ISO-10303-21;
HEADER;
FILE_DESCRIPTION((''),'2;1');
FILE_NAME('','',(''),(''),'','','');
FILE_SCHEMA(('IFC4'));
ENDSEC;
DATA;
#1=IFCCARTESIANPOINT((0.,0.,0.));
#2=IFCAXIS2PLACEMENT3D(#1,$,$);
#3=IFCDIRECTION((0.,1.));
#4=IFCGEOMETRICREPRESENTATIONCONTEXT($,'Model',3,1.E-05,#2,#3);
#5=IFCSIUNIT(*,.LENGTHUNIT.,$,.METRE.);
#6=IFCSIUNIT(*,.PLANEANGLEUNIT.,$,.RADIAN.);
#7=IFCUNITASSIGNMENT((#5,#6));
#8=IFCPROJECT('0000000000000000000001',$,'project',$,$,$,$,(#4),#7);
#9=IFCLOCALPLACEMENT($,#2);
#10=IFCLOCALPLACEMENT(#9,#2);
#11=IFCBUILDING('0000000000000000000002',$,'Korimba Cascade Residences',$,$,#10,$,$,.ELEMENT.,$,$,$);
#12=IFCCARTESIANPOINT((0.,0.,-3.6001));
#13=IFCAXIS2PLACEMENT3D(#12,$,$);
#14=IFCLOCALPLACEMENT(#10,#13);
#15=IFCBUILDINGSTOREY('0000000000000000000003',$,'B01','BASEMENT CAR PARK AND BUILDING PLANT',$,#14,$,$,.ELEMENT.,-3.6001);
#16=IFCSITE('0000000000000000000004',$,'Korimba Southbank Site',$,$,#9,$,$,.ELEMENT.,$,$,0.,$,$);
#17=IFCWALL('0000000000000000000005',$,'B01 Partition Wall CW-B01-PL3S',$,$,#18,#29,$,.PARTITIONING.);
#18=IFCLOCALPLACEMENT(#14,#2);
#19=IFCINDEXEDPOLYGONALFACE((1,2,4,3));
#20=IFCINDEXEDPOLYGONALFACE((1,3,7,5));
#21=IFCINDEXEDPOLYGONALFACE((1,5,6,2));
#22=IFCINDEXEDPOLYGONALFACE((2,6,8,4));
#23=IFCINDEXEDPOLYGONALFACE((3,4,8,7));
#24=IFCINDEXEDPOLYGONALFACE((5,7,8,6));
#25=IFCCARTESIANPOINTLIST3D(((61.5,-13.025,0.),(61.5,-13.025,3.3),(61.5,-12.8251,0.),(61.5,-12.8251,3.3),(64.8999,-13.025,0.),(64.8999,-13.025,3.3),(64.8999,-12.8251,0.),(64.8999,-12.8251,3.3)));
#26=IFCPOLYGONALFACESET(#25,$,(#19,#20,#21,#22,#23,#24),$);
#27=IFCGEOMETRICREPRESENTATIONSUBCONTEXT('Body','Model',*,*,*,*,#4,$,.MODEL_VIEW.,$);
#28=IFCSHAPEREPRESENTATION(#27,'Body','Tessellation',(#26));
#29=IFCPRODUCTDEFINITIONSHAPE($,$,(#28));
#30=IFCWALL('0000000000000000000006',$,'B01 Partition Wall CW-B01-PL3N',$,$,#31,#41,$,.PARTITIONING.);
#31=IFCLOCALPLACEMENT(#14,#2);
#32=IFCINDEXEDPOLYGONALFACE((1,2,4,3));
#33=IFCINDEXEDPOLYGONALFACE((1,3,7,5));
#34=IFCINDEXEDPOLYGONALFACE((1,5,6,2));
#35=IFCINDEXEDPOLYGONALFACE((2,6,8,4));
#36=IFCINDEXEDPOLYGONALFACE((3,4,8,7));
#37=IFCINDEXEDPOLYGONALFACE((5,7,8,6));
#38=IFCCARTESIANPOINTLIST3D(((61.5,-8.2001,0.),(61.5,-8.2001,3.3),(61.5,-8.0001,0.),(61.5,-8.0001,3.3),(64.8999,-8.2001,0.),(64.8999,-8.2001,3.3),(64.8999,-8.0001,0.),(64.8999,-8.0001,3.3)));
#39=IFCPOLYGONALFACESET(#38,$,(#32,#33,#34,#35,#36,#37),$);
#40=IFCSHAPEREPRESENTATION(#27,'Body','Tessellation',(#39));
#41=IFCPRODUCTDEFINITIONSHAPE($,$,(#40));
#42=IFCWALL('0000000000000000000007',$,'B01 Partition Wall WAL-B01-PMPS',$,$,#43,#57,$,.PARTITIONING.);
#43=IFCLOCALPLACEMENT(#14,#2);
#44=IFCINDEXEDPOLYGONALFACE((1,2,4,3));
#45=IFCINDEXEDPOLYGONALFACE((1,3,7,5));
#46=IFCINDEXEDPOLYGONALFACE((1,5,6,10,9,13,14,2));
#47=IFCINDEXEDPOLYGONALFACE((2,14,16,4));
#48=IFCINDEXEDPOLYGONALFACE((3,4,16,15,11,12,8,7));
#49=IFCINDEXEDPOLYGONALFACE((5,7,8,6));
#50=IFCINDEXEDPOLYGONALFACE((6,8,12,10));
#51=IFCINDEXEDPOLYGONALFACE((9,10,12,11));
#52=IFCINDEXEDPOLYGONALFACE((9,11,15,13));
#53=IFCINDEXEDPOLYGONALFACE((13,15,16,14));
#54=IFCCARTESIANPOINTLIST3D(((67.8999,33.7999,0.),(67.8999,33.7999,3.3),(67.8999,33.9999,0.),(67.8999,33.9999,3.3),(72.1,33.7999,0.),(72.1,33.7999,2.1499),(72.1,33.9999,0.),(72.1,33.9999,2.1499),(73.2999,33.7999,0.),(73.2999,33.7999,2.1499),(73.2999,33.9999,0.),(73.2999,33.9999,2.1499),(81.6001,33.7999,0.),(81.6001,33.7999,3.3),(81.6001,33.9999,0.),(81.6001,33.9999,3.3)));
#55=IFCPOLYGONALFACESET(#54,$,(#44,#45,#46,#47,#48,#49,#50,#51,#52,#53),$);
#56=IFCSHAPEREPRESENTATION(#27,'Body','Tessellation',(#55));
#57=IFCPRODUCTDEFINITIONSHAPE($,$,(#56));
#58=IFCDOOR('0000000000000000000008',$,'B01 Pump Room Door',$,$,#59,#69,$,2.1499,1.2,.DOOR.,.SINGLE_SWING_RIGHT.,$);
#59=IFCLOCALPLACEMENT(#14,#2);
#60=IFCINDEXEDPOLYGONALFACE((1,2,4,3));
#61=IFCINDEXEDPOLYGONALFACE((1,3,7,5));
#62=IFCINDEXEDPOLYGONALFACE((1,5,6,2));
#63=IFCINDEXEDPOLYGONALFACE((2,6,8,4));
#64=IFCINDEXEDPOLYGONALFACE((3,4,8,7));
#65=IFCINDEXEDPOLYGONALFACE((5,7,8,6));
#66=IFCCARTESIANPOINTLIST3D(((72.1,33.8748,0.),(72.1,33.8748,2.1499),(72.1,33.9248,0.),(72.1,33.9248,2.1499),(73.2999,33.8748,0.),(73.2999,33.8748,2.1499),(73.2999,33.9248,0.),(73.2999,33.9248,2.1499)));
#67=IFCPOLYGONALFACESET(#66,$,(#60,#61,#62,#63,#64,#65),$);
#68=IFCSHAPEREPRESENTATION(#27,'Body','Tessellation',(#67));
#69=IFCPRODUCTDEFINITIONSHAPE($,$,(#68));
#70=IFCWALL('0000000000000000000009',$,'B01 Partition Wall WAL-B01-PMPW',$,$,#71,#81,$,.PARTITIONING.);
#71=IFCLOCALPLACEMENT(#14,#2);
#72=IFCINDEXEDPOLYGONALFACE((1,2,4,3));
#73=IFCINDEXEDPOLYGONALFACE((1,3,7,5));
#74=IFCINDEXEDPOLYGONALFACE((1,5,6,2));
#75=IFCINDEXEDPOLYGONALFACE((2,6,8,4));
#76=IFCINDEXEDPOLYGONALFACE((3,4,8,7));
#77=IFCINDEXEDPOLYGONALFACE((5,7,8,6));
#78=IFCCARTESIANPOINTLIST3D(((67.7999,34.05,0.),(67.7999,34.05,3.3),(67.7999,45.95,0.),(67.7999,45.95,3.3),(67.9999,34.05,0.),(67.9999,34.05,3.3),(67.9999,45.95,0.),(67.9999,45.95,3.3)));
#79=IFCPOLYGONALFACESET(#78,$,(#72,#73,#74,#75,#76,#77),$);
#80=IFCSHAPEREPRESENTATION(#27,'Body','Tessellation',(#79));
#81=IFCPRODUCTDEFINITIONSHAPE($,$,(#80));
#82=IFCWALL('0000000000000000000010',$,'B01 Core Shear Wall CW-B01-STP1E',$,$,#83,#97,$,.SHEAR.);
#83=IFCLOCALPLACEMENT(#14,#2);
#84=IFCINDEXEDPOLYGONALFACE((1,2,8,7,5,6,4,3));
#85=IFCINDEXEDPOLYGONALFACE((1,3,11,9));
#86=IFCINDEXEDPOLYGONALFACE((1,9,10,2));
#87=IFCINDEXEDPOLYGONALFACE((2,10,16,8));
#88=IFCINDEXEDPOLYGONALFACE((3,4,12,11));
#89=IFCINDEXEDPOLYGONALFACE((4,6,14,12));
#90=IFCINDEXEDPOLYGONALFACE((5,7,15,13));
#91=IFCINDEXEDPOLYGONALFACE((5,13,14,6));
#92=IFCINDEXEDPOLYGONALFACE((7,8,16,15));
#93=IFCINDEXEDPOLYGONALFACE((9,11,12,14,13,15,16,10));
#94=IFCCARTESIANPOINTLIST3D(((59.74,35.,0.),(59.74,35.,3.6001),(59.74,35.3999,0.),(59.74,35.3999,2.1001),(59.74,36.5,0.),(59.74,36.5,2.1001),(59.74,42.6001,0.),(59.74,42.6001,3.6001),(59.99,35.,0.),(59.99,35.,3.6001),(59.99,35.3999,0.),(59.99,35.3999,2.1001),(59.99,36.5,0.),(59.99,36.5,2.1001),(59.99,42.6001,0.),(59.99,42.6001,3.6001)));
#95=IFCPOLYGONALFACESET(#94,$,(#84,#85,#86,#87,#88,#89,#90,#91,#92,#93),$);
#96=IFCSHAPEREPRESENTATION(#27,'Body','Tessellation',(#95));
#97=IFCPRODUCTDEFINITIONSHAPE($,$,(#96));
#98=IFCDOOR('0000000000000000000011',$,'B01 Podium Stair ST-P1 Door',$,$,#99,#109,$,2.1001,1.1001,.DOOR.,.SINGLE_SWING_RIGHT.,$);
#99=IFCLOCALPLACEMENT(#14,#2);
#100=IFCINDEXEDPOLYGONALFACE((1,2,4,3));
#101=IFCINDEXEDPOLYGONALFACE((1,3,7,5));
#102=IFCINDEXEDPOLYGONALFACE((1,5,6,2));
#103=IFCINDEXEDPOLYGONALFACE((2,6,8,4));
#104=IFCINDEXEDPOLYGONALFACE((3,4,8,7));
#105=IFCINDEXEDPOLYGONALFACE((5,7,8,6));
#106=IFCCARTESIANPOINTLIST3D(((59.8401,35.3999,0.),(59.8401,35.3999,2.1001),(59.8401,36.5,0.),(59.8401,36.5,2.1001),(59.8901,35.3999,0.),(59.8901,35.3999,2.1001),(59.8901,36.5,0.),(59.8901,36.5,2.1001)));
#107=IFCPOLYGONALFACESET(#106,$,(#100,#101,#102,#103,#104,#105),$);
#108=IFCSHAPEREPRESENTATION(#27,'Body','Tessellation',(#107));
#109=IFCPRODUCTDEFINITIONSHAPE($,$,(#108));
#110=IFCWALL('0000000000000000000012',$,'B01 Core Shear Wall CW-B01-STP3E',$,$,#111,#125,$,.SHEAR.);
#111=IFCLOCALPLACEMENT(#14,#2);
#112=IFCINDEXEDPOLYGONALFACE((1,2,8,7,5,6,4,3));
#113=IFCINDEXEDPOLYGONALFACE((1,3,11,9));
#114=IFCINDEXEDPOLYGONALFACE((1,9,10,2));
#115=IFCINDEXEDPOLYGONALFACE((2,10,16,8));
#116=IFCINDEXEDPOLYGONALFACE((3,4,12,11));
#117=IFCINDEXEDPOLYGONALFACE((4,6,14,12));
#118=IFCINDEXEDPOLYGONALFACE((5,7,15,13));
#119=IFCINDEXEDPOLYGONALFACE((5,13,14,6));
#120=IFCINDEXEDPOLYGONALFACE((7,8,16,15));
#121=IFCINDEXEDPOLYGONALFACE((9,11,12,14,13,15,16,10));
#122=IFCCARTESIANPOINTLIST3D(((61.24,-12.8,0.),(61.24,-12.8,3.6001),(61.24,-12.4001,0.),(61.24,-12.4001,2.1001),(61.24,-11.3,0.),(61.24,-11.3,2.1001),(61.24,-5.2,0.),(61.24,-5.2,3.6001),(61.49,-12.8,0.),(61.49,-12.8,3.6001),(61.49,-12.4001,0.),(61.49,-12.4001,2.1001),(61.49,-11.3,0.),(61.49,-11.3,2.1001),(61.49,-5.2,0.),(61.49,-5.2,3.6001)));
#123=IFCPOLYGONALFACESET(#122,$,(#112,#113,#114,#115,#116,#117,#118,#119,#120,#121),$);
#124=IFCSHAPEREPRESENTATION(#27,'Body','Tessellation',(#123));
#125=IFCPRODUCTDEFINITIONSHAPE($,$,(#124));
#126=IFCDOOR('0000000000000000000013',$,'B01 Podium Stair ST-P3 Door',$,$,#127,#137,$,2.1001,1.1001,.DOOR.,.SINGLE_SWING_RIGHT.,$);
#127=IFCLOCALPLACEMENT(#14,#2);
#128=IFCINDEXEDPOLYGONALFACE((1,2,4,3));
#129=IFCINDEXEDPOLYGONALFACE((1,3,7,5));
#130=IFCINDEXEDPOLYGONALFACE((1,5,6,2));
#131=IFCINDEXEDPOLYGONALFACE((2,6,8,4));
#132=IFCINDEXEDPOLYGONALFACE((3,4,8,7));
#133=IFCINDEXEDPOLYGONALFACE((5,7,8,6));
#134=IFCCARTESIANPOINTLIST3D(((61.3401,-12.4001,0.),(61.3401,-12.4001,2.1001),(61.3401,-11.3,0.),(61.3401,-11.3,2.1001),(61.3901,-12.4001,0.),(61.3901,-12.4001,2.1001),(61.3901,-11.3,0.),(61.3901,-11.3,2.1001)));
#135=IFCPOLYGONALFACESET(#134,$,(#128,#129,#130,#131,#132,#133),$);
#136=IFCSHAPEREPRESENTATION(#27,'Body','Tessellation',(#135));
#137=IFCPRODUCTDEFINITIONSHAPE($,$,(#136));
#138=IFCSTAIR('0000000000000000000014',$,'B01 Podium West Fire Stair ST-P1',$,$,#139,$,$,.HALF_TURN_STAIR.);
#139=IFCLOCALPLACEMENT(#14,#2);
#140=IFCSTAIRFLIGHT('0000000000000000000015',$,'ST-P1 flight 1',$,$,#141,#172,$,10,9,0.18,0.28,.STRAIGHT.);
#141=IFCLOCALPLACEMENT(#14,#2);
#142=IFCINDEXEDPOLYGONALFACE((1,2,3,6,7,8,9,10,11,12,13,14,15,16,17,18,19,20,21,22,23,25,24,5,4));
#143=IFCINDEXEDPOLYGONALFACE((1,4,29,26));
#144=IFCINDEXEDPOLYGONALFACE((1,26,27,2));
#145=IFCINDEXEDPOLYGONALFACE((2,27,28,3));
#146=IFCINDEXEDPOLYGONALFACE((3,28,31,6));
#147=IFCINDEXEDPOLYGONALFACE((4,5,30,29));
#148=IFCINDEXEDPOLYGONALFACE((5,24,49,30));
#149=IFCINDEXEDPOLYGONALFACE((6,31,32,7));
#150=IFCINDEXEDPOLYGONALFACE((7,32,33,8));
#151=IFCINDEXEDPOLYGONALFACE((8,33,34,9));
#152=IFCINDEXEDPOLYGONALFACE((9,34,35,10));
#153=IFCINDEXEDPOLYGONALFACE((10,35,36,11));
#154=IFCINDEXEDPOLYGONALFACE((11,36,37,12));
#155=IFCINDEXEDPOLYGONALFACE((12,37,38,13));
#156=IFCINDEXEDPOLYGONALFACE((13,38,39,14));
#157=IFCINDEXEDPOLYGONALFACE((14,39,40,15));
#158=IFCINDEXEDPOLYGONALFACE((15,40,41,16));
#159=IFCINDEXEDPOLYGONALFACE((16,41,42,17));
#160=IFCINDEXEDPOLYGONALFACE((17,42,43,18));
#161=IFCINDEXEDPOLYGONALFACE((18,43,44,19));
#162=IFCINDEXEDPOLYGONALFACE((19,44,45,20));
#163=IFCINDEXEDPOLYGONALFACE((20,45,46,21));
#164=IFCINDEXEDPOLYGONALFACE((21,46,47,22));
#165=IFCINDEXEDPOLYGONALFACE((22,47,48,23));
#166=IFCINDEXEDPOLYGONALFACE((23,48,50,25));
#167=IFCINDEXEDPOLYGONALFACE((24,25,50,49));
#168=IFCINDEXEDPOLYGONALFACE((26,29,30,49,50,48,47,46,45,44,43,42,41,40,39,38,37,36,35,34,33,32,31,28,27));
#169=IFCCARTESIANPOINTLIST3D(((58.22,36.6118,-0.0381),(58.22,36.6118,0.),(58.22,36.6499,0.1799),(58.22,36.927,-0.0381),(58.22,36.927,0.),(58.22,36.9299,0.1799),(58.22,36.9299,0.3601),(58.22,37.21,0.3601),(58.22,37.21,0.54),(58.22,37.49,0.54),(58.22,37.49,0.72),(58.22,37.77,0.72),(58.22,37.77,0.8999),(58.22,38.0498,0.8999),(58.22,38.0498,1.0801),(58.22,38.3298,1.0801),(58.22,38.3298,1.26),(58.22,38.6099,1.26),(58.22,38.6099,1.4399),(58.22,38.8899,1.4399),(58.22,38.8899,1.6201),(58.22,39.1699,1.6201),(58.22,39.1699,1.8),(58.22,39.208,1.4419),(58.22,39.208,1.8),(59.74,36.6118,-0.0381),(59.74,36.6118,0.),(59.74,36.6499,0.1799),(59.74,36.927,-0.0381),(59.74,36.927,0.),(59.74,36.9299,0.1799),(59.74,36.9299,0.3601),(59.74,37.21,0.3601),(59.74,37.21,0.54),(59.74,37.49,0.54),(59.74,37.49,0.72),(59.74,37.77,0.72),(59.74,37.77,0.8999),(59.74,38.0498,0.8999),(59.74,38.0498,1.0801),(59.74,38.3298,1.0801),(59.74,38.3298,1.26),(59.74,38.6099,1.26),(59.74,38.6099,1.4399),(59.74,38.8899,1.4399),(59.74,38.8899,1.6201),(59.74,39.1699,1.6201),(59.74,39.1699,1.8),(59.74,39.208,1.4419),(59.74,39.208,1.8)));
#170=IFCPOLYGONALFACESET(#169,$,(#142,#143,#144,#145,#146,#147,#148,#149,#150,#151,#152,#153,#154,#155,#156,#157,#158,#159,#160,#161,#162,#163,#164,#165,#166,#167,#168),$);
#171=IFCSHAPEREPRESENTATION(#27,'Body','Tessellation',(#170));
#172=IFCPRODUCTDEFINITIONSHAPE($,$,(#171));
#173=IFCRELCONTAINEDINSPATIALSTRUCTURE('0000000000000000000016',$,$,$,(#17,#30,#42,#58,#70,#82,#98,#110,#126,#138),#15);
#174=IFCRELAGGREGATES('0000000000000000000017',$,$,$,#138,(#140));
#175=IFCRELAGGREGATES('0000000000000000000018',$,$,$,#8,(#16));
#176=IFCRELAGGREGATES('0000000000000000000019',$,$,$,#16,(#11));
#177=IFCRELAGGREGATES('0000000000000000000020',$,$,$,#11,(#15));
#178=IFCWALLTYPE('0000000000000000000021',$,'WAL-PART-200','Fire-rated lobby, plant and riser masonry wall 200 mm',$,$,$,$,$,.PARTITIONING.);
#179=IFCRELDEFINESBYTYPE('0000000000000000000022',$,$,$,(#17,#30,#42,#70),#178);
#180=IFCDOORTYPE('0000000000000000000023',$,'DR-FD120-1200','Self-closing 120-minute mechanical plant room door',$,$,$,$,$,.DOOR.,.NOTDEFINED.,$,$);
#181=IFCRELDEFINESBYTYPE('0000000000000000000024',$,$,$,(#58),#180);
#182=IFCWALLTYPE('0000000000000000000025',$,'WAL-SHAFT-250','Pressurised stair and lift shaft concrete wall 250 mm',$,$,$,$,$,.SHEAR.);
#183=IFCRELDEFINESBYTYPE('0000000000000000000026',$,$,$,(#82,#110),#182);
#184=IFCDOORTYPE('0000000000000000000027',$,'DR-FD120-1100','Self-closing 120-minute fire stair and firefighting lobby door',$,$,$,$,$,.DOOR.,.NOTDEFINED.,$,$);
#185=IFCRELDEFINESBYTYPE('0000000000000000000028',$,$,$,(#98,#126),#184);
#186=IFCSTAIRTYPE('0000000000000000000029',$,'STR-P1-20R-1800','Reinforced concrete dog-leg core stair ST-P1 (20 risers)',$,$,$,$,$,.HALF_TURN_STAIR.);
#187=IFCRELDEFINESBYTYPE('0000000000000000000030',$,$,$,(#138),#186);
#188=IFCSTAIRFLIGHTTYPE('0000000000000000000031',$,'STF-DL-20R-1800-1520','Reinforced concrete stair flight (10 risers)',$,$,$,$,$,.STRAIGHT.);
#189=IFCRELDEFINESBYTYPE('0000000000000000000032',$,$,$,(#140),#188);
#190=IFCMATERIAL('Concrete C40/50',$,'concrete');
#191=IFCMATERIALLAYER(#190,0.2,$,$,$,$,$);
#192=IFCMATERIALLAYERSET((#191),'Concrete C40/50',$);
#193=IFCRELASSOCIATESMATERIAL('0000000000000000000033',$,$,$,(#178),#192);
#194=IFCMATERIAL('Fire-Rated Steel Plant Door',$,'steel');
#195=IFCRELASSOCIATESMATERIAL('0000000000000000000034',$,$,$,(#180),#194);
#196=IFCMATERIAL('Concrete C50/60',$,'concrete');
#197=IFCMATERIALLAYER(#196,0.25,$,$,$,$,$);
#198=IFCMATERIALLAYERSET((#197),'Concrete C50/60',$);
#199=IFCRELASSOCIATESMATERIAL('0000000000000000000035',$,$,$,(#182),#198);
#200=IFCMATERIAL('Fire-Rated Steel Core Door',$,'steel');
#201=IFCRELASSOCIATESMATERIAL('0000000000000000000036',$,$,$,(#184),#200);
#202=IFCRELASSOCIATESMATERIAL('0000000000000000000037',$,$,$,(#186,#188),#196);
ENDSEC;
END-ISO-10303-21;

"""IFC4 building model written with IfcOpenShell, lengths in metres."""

from ifc_helpers import new_model, si_unit, direction, frame, frame_2d, origin, place, context, subcontext, project, spatial, polyline, rectangle, outline, extrude, material, layer, layer_set, type_object, element, fill, aggregate, save


model = new_model("IFC4")

# Units and contexts
model_context = context("Model", 3, precision=1e-05, world=origin(), true_north=direction((0.0, 1.0)))
body_context = subcontext(model_context, "Body", "Model", "MODEL_VIEW")
ifc_project = project(units=[si_unit("LENGTHUNIT", "METRE"), si_unit("PLANEANGLEUNIT", "RADIAN")], contexts=[model_context])

# Site, building, storey
site_placement = place(None, origin())
site = spatial("IfcSite", under=ifc_project, at=site_placement, Name="Korimba Southbank Site", CompositionType="ELEMENT", RefElevation=0.0)
building_placement = place(site_placement, origin())
building = spatial("IfcBuilding", under=site, at=building_placement, Name="Korimba Cascade Residences", CompositionType="ELEMENT")
storey_placement = place(building_placement, frame((0.0, 0.0, -3.6001)))
storey = spatial("IfcBuildingStorey", under=building, at=storey_placement, Name="B01", Description="BASEMENT CAR PARK AND BUILDING PLANT", CompositionType="ELEMENT", Elevation=-3.6001)

# Shared definitions
ifc_material_1 = material(Name="Concrete C50/60", Category="concrete")

# Shared definitions
ifc_material_2 = material(Name="Concrete C40/50", Category="concrete")
ifc_layer_1 = layer(ifc_material_2, 0.2)
ifc_layer_set_1 = layer_set([ifc_layer_1], Name="Concrete C40/50")
wall_type_1 = type_object("IfcWallType", Name="WAL-PART-200", Description="Fire-rated lobby, plant and riser masonry wall 200 mm", PredefinedType="PARTITIONING", material=ifc_layer_set_1)

# Walls
for number, where, z_axis, x_axis, name in (
    (1, (61.5, -12.925, 0.0), (0.0, 0.0, 1.0), (1.0, 0.0, 0.0), "B01 Partition Wall CW-B01-PL3S"),
    (2, (61.5, -8.1001, 0.0), (0.0, 0.0, 1.0), (1.0, 0.0, 0.0), "B01 Partition Wall CW-B01-PL3N"),
):
    element("IfcWall", number, at=place(storey_placement, frame(where, z_axis=z_axis, x_axis=x_axis)), inside=storey, type_object=wall_type_1, Name=name, PredefinedType="PARTITIONING", context=body_context, shape_type="SweptSolid", body=[
        extrude(rectangle(XDim=3.3999, YDim=0.2, at=frame_2d((1.7, 0.0))), origin(), (0.0, 0.0, 1.0), 3.3),
    ])

# Wall, opening, door
wall_1_placement = place(storey_placement, frame((67.8999, 33.8999, 0.0), z_axis=(0.0, 0.0, 1.0), x_axis=(1.0, 0.0, 0.0)))
wall_1 = element("IfcWall", 3, at=wall_1_placement, inside=storey, type_object=wall_type_1, Name="B01 Partition Wall WAL-B01-PMPS", PredefinedType="PARTITIONING", context=body_context, shape_type="SweptSolid", body=[
    extrude(rectangle(XDim=13.7002, YDim=0.2, at=frame_2d((6.8501, 0.0))), origin(), (0.0, 0.0, 1.0), 3.3),
])
opening_1_placement = place(wall_1_placement, frame((4.2, 0.0, 0.0)))
opening_1 = element("IfcOpeningElement", 4, at=opening_1_placement, cuts=wall_1, PredefinedType="OPENING", context=body_context, shape_type="SweptSolid", body=[
    extrude(rectangle(XDim=1.2, YDim=2.1499, at=frame_2d((0.6001, 1.075))), frame((0.0, 0.1099, 0.0), z_axis=(0.0, -1.0, 0.0), x_axis=(1.0, 0.0, 0.0)), (0.0, 0.0, 1.0), 0.22),
])
ifc_material_3 = material(Name="Fire-Rated Steel Plant Door", Category="steel")
door_type_1 = type_object("IfcDoorType", Name="DR-FD120-1200", Description="Self-closing 120-minute mechanical plant room door", OperationType="NOTDEFINED", PredefinedType="DOOR", material=ifc_material_3)
door_1_placement = place(opening_1_placement, origin())
door_1 = element("IfcDoor", 5, at=door_1_placement, inside=storey, type_object=door_type_1, Name="B01 Pump Room Door", OperationType="SINGLE_SWING_RIGHT", OverallHeight=2.1499, OverallWidth=1.2, PredefinedType="DOOR", context=body_context, shape_type="SweptSolid", body=[
    extrude(rectangle(XDim=1.2, YDim=2.1499, at=frame_2d((0.6001, 1.075))), frame((0.0, 0.0249, 0.0), z_axis=(0.0, -1.0, 0.0), x_axis=(1.0, 0.0, 0.0)), (0.0, 0.0, 1.0), 0.05),
])
fill(opening_1, door_1)

# Wall
wall_2_placement = place(storey_placement, frame((67.8999, 34.05, 0.0), z_axis=(0.0, 0.0, 1.0), x_axis=(0.0, 1.0, 0.0)))
element("IfcWall", 6, at=wall_2_placement, inside=storey, type_object=wall_type_1, Name="B01 Partition Wall WAL-B01-PMPW", PredefinedType="PARTITIONING", context=body_context, shape_type="SweptSolid", body=[
    extrude(rectangle(XDim=11.8999, YDim=0.2, at=frame_2d((5.95, 0.0))), origin(), (0.0, 0.0, 1.0), 3.3),
])

# Walls, openings, doors
ifc_layer_2 = layer(ifc_material_1, 0.25)
ifc_layer_set_2 = layer_set([ifc_layer_2], Name="Concrete C50/60")
wall_type_2 = type_object("IfcWallType", Name="WAL-SHAFT-250", Description="Pressurised stair and lift shaft concrete wall 250 mm", PredefinedType="SHEAR", material=ifc_layer_set_2)
wall_3_placement = place(storey_placement, frame((59.865, 35.0, 0.0), z_axis=(0.0, 0.0, 1.0), x_axis=(0.0, 1.0, 0.0)))
wall_3 = element("IfcWall", 7, at=wall_3_placement, inside=storey, type_object=wall_type_2, Name="B01 Core Shear Wall CW-B01-STP1E", PredefinedType="SHEAR", context=body_context, shape_type="SweptSolid", body=[
    extrude(rectangle(XDim=7.6001, YDim=0.25, at=frame_2d((3.8, 0.0))), origin(), (0.0, 0.0, 1.0), 3.6001),
])
opening_2_placement = place(wall_3_placement, frame((0.3999, 0.0, 0.0)))
opening_2 = element("IfcOpeningElement", 8, at=opening_2_placement, cuts=wall_3, PredefinedType="OPENING", context=body_context, shape_type="SweptSolid", body=[
    extrude(rectangle(XDim=1.1001, YDim=2.1001, at=frame_2d((0.55, 1.05))), frame((0.0, 0.135, 0.0), z_axis=(0.0, -1.0, 0.0), x_axis=(1.0, 0.0, 0.0)), (0.0, 0.0, 1.0), 0.27),
])
ifc_material_4 = material(Name="Fire-Rated Steel Core Door", Category="steel")
door_type_2 = type_object("IfcDoorType", Name="DR-FD120-1100", Description="Self-closing 120-minute fire stair and firefighting lobby door", OperationType="NOTDEFINED", PredefinedType="DOOR", material=ifc_material_4)
door_2_placement = place(opening_2_placement, origin())
door_2 = element("IfcDoor", 9, at=door_2_placement, inside=storey, type_object=door_type_2, Name="B01 Podium Stair ST-P1 Door", OperationType="SINGLE_SWING_RIGHT", OverallHeight=2.1001, OverallWidth=1.1001, PredefinedType="DOOR", context=body_context, shape_type="SweptSolid", body=[
    extrude(rectangle(XDim=1.1001, YDim=2.1001, at=frame_2d((0.55, 1.05))), frame((0.0, 0.0249, 0.0), z_axis=(0.0, -1.0, 0.0), x_axis=(1.0, 0.0, 0.0)), (0.0, 0.0, 1.0), 0.05),
])
fill(opening_2, door_2)
wall_4_placement = place(storey_placement, frame((61.365, -12.8, 0.0), z_axis=(0.0, 0.0, 1.0), x_axis=(0.0, 1.0, 0.0)))
wall_4 = element("IfcWall", 10, at=wall_4_placement, inside=storey, type_object=wall_type_2, Name="B01 Core Shear Wall CW-B01-STP3E", PredefinedType="SHEAR", context=body_context, shape_type="SweptSolid", body=[
    extrude(rectangle(XDim=7.6001, YDim=0.25, at=frame_2d((3.8, 0.0))), origin(), (0.0, 0.0, 1.0), 3.6001),
])
opening_3_placement = place(wall_4_placement, frame((0.3999, 0.0, 0.0)))
opening_3 = element("IfcOpeningElement", 11, at=opening_3_placement, cuts=wall_4, PredefinedType="OPENING", context=body_context, shape_type="SweptSolid", body=[
    extrude(rectangle(XDim=1.1001, YDim=2.1001, at=frame_2d((0.55, 1.05))), frame((0.0, 0.135, 0.0), z_axis=(0.0, -1.0, 0.0), x_axis=(1.0, 0.0, 0.0)), (0.0, 0.0, 1.0), 0.27),
])
door_3_placement = place(opening_3_placement, origin())
door_3 = element("IfcDoor", 12, at=door_3_placement, inside=storey, type_object=door_type_2, Name="B01 Podium Stair ST-P3 Door", OperationType="SINGLE_SWING_RIGHT", OverallHeight=2.1001, OverallWidth=1.1001, PredefinedType="DOOR", context=body_context, shape_type="SweptSolid", body=[
    extrude(rectangle(XDim=1.1001, YDim=2.1001, at=frame_2d((0.55, 1.05))), frame((0.0, 0.0249, 0.0), z_axis=(0.0, -1.0, 0.0), x_axis=(1.0, 0.0, 0.0)), (0.0, 0.0, 1.0), 0.05),
])
fill(opening_3, door_3)

# Stair, stair flight
stair_type_1 = type_object("IfcStairType", Name="STR-P1-20R-1800", Description="Reinforced concrete dog-leg core stair ST-P1 (20 risers)", PredefinedType="HALF_TURN_STAIR", material=ifc_material_1)
stair_1_placement = place(storey_placement, origin())
stair_1 = element("IfcStair", 13, at=stair_1_placement, inside=storey, type_object=stair_type_1, Name="B01 Podium West Fire Stair ST-P1", PredefinedType="HALF_TURN_STAIR")
stair_flight_type = type_object("IfcStairFlightType", Name="STF-DL-20R-1800-1520", Description="Reinforced concrete stair flight (10 risers)", PredefinedType="STRAIGHT", material=ifc_material_1)
stair_flight_1_placement = place(storey_placement, frame((58.98, 36.6499, 0.0), z_axis=(0.0, 0.0, 1.0), x_axis=(0.0, 1.0, 0.0)))
stair_flight_1 = element("IfcStairFlight", 14, at=stair_flight_1_placement, type_object=stair_flight_type, Name="ST-P1 flight 1", NumberOfRisers=10, NumberOfTreads=9, PredefinedType="STRAIGHT", RiserHeight=0.18, TreadLength=0.28, context=body_context, shape_type="SweptSolid", body=[
    extrude(outline(polyline([(-0.0381, 0.0), (0.0, 0.1799), (0.28, 0.1799), (0.28, 0.3601), (0.5601, 0.3601), (0.5601, 0.54), (0.8401, 0.54), (0.8401, 0.72), (1.1201, 0.72), (1.1201, 0.8999), (1.3999, 0.8999), (1.3999, 1.0801), (1.6799, 1.0801), (1.6799, 1.26), (1.96, 1.26), (1.96, 1.4399), (2.24, 1.4399), (2.24, 1.6201), (2.52, 1.6201), (2.52, 1.8), (2.5581, 1.8), (2.5581, 1.4419), (0.2771, 0.0), (0.2771, -0.0381), (-0.0381, -0.0381), (-0.0381, 0.0)])), frame((0.0, 0.76, 0.0), z_axis=(0.0, -1.0, 0.0), x_axis=(1.0, 0.0, 0.0)), (0.0, 0.0, 1.0), 1.52),
])
aggregate(stair_1, [stair_flight_1])

save(model, "model.ifc")
